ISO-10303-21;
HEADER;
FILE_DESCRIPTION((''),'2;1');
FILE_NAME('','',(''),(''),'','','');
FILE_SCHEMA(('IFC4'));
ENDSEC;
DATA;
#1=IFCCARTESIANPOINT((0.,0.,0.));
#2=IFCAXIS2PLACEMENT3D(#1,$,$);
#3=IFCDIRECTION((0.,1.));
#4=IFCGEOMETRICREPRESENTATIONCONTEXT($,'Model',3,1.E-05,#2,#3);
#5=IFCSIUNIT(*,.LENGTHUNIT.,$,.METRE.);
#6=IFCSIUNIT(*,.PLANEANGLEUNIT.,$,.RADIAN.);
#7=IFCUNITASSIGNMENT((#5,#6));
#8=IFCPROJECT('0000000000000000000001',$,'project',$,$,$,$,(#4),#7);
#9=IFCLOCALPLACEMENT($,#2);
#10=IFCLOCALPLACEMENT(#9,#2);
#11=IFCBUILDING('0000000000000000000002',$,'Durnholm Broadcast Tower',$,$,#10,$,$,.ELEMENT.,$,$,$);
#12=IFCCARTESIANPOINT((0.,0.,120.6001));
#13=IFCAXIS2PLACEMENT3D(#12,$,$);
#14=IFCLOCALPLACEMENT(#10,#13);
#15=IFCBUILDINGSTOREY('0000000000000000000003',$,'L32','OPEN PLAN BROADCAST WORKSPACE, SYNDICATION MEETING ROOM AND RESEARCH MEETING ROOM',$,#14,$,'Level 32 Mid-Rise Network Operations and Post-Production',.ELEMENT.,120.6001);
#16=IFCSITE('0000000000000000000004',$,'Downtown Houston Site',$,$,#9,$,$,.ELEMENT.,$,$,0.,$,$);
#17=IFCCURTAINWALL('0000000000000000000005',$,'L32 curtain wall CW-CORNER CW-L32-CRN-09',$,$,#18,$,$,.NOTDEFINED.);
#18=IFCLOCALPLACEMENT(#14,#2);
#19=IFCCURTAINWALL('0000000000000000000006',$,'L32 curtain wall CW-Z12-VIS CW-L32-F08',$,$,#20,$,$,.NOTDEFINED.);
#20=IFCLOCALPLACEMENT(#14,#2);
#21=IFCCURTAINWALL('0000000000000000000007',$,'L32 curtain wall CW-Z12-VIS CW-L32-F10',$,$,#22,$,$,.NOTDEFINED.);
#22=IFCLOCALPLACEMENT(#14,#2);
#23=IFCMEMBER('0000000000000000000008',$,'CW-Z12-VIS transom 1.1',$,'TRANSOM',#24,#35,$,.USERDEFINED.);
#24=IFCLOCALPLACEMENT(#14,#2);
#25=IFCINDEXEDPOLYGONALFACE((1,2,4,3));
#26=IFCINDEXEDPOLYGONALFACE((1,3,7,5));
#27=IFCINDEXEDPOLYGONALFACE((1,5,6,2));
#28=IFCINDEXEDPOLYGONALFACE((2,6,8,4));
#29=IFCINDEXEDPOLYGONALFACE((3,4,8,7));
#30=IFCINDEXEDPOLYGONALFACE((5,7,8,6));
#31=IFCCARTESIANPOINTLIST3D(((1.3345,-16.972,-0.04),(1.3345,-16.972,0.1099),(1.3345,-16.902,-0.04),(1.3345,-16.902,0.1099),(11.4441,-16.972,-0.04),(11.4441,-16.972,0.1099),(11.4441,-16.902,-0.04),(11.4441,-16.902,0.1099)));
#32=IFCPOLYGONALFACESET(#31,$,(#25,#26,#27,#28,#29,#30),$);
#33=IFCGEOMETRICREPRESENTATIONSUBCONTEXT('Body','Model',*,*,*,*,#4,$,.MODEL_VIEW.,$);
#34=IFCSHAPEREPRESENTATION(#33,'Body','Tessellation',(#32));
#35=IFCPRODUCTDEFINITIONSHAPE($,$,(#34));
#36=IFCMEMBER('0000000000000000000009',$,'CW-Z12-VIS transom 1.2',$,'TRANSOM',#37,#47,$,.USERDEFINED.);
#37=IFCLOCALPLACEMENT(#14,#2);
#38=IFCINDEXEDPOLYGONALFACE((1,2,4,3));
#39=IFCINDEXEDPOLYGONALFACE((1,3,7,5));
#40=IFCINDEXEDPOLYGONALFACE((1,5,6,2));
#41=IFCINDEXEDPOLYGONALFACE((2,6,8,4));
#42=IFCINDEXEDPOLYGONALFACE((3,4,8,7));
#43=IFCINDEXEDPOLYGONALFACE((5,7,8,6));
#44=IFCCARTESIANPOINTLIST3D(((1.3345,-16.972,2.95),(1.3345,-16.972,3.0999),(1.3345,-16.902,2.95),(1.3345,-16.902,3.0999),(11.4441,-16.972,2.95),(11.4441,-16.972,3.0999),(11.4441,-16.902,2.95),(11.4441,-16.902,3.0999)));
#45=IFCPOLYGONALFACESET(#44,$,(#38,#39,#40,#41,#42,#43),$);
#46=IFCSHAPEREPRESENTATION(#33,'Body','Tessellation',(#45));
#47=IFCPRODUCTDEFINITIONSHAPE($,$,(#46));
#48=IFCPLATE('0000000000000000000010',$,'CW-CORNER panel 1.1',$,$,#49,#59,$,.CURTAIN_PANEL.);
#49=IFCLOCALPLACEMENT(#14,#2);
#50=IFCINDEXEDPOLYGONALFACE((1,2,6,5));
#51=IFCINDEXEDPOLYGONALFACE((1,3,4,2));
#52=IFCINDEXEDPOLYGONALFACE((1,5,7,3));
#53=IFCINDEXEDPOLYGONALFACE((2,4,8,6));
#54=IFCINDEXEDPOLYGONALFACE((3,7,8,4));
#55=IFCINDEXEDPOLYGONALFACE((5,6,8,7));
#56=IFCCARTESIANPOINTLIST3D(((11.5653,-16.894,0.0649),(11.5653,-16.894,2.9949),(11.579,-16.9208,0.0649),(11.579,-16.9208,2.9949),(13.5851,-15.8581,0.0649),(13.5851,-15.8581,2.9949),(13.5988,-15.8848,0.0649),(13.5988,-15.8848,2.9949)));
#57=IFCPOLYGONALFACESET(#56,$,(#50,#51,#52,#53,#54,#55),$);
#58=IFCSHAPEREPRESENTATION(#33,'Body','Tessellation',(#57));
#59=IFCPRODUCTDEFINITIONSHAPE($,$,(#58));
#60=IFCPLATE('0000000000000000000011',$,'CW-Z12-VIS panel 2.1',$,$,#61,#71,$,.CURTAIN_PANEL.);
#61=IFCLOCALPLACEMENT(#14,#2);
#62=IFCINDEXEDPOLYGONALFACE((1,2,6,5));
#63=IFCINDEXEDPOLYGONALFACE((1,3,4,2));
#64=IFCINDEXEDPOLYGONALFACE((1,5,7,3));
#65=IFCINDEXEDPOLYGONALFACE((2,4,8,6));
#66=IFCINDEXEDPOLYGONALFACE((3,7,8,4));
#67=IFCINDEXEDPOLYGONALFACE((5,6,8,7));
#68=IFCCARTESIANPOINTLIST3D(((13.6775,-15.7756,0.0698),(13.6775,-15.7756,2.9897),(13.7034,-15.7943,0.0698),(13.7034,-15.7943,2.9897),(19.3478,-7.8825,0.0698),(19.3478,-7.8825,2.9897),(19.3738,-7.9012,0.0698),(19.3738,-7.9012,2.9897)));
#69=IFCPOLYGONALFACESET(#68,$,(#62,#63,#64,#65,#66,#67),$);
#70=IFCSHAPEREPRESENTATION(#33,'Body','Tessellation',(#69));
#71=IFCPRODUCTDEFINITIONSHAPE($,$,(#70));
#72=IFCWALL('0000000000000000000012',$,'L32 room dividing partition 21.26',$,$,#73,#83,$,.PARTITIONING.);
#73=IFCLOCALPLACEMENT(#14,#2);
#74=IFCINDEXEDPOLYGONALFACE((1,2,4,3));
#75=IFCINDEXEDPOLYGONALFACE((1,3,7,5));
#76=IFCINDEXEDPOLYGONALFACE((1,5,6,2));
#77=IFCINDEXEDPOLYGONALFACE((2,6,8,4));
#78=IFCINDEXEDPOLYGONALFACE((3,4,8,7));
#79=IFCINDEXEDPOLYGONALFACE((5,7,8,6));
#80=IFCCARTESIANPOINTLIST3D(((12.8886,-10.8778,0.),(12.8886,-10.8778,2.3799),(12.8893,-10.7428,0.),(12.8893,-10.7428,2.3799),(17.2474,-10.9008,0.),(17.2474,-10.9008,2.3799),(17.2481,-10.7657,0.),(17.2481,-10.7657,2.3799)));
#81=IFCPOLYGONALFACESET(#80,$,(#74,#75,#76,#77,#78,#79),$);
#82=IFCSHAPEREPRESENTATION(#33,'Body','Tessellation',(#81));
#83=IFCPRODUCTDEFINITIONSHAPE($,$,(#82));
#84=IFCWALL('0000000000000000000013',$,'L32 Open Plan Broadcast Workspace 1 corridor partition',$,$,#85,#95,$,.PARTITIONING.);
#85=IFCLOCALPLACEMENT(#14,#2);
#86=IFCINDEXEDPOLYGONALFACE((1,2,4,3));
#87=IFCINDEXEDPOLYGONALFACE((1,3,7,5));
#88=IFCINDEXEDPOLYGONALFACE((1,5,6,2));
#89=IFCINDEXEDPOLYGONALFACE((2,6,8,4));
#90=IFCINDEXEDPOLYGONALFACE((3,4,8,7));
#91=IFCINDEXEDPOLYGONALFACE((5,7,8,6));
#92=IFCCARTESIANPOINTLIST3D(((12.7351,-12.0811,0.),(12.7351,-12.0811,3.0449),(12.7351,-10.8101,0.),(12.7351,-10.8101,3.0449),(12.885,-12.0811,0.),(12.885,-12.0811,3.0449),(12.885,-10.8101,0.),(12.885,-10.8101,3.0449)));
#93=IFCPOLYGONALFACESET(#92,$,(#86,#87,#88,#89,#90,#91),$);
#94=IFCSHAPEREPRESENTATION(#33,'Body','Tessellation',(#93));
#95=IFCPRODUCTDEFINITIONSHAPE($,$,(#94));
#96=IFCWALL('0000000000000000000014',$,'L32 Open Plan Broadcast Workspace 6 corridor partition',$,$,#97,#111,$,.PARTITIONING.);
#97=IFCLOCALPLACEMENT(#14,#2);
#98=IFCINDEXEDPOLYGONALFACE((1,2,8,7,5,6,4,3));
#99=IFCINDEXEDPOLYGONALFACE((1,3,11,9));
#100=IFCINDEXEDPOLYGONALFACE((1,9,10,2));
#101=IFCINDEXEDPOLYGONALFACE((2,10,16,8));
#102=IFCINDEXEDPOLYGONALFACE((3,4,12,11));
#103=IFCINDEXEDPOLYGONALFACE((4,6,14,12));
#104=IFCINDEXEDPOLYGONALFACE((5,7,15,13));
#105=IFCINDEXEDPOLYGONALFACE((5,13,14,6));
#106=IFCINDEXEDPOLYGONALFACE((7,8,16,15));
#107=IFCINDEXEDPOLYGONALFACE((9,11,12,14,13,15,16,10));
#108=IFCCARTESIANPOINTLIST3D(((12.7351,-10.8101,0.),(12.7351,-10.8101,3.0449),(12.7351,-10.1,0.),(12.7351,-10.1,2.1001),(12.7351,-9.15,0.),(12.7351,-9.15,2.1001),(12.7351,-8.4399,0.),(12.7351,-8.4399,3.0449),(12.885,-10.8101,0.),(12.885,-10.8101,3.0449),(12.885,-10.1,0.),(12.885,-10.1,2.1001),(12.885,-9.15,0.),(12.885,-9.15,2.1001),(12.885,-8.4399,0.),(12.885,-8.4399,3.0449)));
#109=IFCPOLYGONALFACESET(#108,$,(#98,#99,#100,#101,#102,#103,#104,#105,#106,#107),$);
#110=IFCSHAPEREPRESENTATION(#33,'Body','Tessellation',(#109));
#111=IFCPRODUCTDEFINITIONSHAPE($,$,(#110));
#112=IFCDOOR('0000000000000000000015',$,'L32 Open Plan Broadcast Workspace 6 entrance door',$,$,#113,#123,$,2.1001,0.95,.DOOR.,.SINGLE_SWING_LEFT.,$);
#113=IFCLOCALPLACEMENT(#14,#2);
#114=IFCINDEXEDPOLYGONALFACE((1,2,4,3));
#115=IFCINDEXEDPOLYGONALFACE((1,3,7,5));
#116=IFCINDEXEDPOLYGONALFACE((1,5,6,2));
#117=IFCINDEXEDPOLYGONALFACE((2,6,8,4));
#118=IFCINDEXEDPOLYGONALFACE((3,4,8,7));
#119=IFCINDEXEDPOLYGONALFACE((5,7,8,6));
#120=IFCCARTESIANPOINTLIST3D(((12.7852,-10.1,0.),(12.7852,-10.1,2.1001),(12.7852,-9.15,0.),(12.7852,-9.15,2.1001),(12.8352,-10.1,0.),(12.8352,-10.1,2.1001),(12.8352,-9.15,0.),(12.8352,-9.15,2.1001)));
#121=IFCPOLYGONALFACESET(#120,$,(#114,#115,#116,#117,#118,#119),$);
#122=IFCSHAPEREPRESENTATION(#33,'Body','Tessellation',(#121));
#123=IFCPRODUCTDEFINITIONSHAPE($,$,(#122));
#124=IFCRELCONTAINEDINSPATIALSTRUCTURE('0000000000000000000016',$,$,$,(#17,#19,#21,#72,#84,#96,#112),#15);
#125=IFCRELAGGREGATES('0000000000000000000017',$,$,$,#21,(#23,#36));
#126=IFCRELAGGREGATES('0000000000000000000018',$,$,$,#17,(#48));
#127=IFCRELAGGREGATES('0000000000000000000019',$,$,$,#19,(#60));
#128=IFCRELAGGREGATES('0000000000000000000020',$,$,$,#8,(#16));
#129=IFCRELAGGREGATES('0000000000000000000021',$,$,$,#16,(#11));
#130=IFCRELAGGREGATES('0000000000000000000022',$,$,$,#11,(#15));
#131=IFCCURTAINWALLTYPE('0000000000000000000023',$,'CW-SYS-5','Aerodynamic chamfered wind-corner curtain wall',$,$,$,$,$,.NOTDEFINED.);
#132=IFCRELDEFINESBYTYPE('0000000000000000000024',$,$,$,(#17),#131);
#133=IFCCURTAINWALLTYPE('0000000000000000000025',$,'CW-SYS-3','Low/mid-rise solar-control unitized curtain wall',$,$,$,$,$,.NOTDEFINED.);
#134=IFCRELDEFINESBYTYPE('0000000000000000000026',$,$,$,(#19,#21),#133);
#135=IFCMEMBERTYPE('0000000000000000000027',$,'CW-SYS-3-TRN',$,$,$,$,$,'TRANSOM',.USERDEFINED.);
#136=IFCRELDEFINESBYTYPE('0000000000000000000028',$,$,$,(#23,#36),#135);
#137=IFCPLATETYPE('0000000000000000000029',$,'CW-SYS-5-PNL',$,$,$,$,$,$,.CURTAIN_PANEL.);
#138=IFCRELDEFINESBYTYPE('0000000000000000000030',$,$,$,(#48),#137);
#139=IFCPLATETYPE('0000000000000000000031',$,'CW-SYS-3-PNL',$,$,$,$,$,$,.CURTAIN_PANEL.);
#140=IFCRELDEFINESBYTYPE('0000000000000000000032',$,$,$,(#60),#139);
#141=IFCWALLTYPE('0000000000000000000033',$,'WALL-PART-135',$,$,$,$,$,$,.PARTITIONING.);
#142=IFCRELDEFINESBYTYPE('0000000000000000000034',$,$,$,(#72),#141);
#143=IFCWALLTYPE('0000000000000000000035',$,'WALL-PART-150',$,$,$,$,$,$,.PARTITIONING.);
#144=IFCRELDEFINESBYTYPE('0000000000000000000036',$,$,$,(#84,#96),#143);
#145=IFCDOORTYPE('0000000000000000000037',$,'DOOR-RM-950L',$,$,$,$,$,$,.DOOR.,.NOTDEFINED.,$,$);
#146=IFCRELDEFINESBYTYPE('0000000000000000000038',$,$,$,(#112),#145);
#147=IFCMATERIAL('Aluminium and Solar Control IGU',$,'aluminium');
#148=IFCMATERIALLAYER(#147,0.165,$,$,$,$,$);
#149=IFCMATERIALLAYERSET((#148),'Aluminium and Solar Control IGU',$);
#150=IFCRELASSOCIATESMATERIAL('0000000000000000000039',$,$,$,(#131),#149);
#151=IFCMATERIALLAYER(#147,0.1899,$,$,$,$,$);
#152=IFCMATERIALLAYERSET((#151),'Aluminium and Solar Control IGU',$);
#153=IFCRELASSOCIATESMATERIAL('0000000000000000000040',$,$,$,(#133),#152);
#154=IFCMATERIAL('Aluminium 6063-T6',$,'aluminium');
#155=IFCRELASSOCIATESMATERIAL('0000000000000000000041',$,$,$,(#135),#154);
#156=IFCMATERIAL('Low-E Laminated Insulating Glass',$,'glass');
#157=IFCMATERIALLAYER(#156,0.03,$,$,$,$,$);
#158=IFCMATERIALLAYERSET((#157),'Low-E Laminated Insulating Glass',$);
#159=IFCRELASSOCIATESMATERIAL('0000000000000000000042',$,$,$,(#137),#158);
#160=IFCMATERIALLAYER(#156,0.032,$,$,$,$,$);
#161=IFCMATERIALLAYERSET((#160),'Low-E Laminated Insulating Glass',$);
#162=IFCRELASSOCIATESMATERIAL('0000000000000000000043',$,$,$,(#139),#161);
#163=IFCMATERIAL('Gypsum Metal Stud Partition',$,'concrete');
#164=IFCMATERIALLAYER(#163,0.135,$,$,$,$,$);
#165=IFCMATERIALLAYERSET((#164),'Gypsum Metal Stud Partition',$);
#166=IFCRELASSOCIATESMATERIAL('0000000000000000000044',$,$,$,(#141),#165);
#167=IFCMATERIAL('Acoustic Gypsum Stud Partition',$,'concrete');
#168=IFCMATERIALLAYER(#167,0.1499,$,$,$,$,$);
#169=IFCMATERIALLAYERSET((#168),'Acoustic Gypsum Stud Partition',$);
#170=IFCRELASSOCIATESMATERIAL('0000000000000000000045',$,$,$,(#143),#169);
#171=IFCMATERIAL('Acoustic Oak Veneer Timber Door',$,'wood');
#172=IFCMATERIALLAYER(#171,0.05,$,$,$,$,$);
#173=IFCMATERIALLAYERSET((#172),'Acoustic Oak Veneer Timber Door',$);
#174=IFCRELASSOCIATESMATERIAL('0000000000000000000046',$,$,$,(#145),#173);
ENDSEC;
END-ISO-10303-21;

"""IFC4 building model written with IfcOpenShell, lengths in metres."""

from ifc_helpers import new_model, si_unit, direction, frame, frame_2d, origin, origin_2d, place, context, subcontext, project, spatial, rectangle, extrude, source, transform, mapped, material, layer, layer_set, material_profile, profile_set, type_object, type_shapes, element, fill, aggregate, save


model = new_model("IFC4")

# Units and contexts
model_context = context("Model", 3, precision=1e-05, world=origin(), true_north=direction((0.0, 1.0)))
body_context = subcontext(model_context, "Body", "Model", "MODEL_VIEW")
ifc_project = project(units=[si_unit("LENGTHUNIT", "METRE"), si_unit("PLANEANGLEUNIT", "RADIAN")], contexts=[model_context])

# Site, building, storey
site_placement = place(None, origin())
site = spatial("IfcSite", under=ifc_project, at=site_placement, Name="Downtown Houston Site", CompositionType="ELEMENT", RefElevation=0.0)
building_placement = place(site_placement, origin())
building = spatial("IfcBuilding", under=site, at=building_placement, Name="Durnholm Broadcast Tower", CompositionType="ELEMENT")
storey_placement = place(building_placement, frame((0.0, 0.0, 120.6001)))
storey = spatial("IfcBuildingStorey", under=building, at=storey_placement, Name="L32", Description="OPEN PLAN BROADCAST WORKSPACE, SYNDICATION MEETING ROOM AND RESEARCH MEETING ROOM", LongName="Level 32 Mid-Rise Network Operations and Post-Production", CompositionType="ELEMENT", Elevation=120.6001)

# Curtain wall
ifc_material_1 = material(Name="Aluminium and Solar Control IGU", Category="aluminium")
ifc_layer_1 = layer(ifc_material_1, 0.165)
ifc_layer_set_1 = layer_set([ifc_layer_1], Name="Aluminium and Solar Control IGU")
curtain_wall_type_1 = type_object("IfcCurtainWallType", Name="CW-SYS-5", Description="Aerodynamic chamfered wind-corner curtain wall", PredefinedType="NOTDEFINED", material=ifc_layer_set_1)
curtain_wall_1_placement = place(storey_placement, origin())
curtain_wall_1 = element("IfcCurtainWall", 1, at=curtain_wall_1_placement, inside=storey, type_object=curtain_wall_type_1, Name="L32 curtain wall CW-CORNER CW-L32-CRN-09", PredefinedType="NOTDEFINED")
ifc_material_2 = material(Name="Aluminium 6063-T6", Category="aluminium")

# Curtain walls
ifc_layer_2 = layer(ifc_material_1, 0.1899)
ifc_layer_set_2 = layer_set([ifc_layer_2], Name="Aluminium and Solar Control IGU")
curtain_wall_type_2 = type_object("IfcCurtainWallType", Name="CW-SYS-3", Description="Low/mid-rise solar-control unitized curtain wall", PredefinedType="NOTDEFINED", material=ifc_layer_set_2)
curtain_wall_2_placement = place(storey_placement, origin())
curtain_wall_2 = element("IfcCurtainWall", 2, at=curtain_wall_2_placement, inside=storey, type_object=curtain_wall_type_2, Name="L32 curtain wall CW-Z12-VIS CW-L32-F08", PredefinedType="NOTDEFINED")
curtain_wall_3_placement = place(storey_placement, origin())
curtain_wall_3 = element("IfcCurtainWall", 3, at=curtain_wall_3_placement, inside=storey, type_object=curtain_wall_type_2, Name="L32 curtain wall CW-Z12-VIS CW-L32-F10", PredefinedType="NOTDEFINED")

# Members
ifc_material_profile_1 = material_profile(ifc_material_2, rectangle(XDim=0.0701, YDim=0.1499, at=origin_2d()), Name="CWT70X150")
ifc_profile_set_1 = profile_set([ifc_material_profile_1], Name="Aluminium 6063-T6")
member_type_1 = type_object("IfcMemberType", Name="CW-SYS-3-TRN", ElementType="TRANSOM", PredefinedType="USERDEFINED", material=ifc_profile_set_1)
shared_shape_1 = source(origin(), body_context, "Body", "SweptSolid", [
    extrude(rectangle(XDim=0.0701, YDim=0.1499, at=origin_2d()), origin(), (0.0, 0.0, 1.0), 10.1096),
])
type_shapes(member_type_1, [shared_shape_1])
member_1_placement = place(storey_placement, frame((11.4441, -16.937, 0.0349), z_axis=(-1.0, 0.0, 0.0), x_axis=(0.0, -1.0, 0.0)))
member_1 = element("IfcMember", 4, at=member_1_placement, type_object=member_type_1, Name="CW-Z12-VIS transom 1.1", ObjectType="TRANSOM", PredefinedType="USERDEFINED", context=body_context, shape_type="MappedRepresentation", body=[
    mapped(shared_shape_1, transform((0.0, 0.0, 0.0), x_axis=(1.0, 0.0, 0.0), y_axis=(0.0, 1.0, 0.0), z_axis=(0.0, 0.0, 1.0), scale=1.0)),
])
member_2_placement = place(storey_placement, frame((11.4441, -16.937, 3.0249), z_axis=(-1.0, 0.0, 0.0), x_axis=(0.0, -1.0, 0.0)))
member_2 = element("IfcMember", 5, at=member_2_placement, type_object=member_type_1, Name="CW-Z12-VIS transom 1.2", ObjectType="TRANSOM", PredefinedType="USERDEFINED", context=body_context, shape_type="MappedRepresentation", body=[
    mapped(shared_shape_1, transform((0.0, 0.0, 0.0), x_axis=(1.0, 0.0, 0.0), y_axis=(0.0, 1.0, 0.0), z_axis=(0.0, 0.0, 1.0), scale=1.0)),
])
aggregate(curtain_wall_3, [member_1, member_2])

# Plates
ifc_material_3 = material(Name="Low-E Laminated Insulating Glass", Category="glass")
ifc_layer_3 = layer(ifc_material_3, 0.03)
ifc_layer_set_3 = layer_set([ifc_layer_3], Name="Low-E Laminated Insulating Glass")
plate_type_1 = type_object("IfcPlateType", Name="CW-SYS-5-PNL", PredefinedType="CURTAIN_PANEL", material=ifc_layer_set_3)
shared_shape_2 = source(origin(), body_context, "Body", "SweptSolid", [
    extrude(rectangle(XDim=2.27, YDim=0.03, at=origin_2d()), origin(), (0.0, 0.0, 1.0), 2.9299),
])
type_shapes(plate_type_1, [shared_shape_2])
plate_1_placement = place(storey_placement, frame((12.582, -16.3894, 0.0649), z_axis=(0.0, 0.0, 1.0), x_axis=(-0.889788, -0.456373, 0.0)))
plate_1 = element("IfcPlate", 6, at=plate_1_placement, type_object=plate_type_1, Name="CW-CORNER panel 1.1", PredefinedType="CURTAIN_PANEL", context=body_context, shape_type="MappedRepresentation", body=[
    mapped(shared_shape_2, transform((0.0, 0.0, 0.0), x_axis=(1.0, 0.0, 0.0), y_axis=(0.0, 1.0, 0.0), z_axis=(0.0, 0.0, 1.0), scale=1.0)),
])
aggregate(curtain_wall_1, [plate_1])
ifc_layer_4 = layer(ifc_material_3, 0.032)
ifc_layer_set_4 = layer_set([ifc_layer_4], Name="Low-E Laminated Insulating Glass")
plate_type_2 = type_object("IfcPlateType", Name="CW-SYS-3-PNL", PredefinedType="CURTAIN_PANEL", material=ifc_layer_set_4)
shared_shape_3 = source(origin(), body_context, "Body", "SweptSolid", [
    extrude(rectangle(XDim=9.7188, YDim=0.032, at=origin_2d()), origin(), (0.0, 0.0, 1.0), 2.9199),
])
type_shapes(plate_type_2, [shared_shape_3])
plate_2_placement = place(storey_placement, frame((16.5256, -11.8384, 0.0698), z_axis=(0.0, 0.0, 1.0), x_axis=(-0.583445, -0.812152, 0.0)))
plate_2 = element("IfcPlate", 7, at=plate_2_placement, type_object=plate_type_2, Name="CW-Z12-VIS panel 2.1", PredefinedType="CURTAIN_PANEL", context=body_context, shape_type="MappedRepresentation", body=[
    mapped(shared_shape_3, transform((0.0, 0.0, 0.0), x_axis=(1.0, 0.0, 0.0), y_axis=(0.0, 1.0, 0.0), z_axis=(0.0, 0.0, 1.0), scale=1.0)),
])
aggregate(curtain_wall_2, [plate_2])

# Walls
ifc_material_4 = material(Name="Gypsum Metal Stud Partition", Category="concrete")
ifc_layer_5 = layer(ifc_material_4, 0.135)
ifc_layer_set_5 = layer_set([ifc_layer_5], Name="Gypsum Metal Stud Partition")
wall_type_1 = type_object("IfcWallType", Name="WALL-PART-135", PredefinedType="PARTITIONING", material=ifc_layer_set_5)
wall_1_placement = place(storey_placement, frame((12.8889, -10.8103, 0.0), z_axis=(0.0, 0.0, 1.0), x_axis=(0.999986, -0.005265, 0.0)))
element("IfcWall", 8, at=wall_1_placement, inside=storey, type_object=wall_type_1, Name="L32 room dividing partition 21.26", PredefinedType="PARTITIONING", context=body_context, shape_type="SweptSolid", body=[
    extrude(rectangle(XDim=4.3589, YDim=0.135, at=frame_2d((2.1794, 0.0))), origin(), (0.0, 0.0, 1.0), 2.3799),
])
ifc_material_5 = material(Name="Acoustic Gypsum Stud Partition", Category="concrete")
ifc_layer_6 = layer(ifc_material_5, 0.1499)
ifc_layer_set_6 = layer_set([ifc_layer_6], Name="Acoustic Gypsum Stud Partition")
wall_type_2 = type_object("IfcWallType", Name="WALL-PART-150", PredefinedType="PARTITIONING", material=ifc_layer_set_6)
wall_2_placement = place(storey_placement, frame((12.8101, -12.0811, 0.0), z_axis=(0.0, 0.0, 1.0), x_axis=(0.0, 1.0, 0.0)))
element("IfcWall", 9, at=wall_2_placement, inside=storey, type_object=wall_type_2, Name="L32 Open Plan Broadcast Workspace 1 corridor partition", PredefinedType="PARTITIONING", context=body_context, shape_type="SweptSolid", body=[
    extrude(rectangle(XDim=1.271, YDim=0.1499, at=frame_2d((0.6355, 0.0))), origin(), (0.0, 0.0, 1.0), 3.0449),
])

# Wall, opening, door
wall_3_placement = place(storey_placement, frame((12.8101, -10.8101, 0.0), z_axis=(0.0, 0.0, 1.0), x_axis=(0.0, 1.0, 0.0)))
wall_3 = element("IfcWall", 10, at=wall_3_placement, inside=storey, type_object=wall_type_2, Name="L32 Open Plan Broadcast Workspace 6 corridor partition", PredefinedType="PARTITIONING", context=body_context, shape_type="SweptSolid", body=[
    extrude(rectangle(XDim=2.3701, YDim=0.1499, at=frame_2d((1.1851, 0.0))), origin(), (0.0, 0.0, 1.0), 3.0449),
])
opening_placement = place(wall_3_placement, frame((0.71, 0.0, 0.0)))
opening = element("IfcOpeningElement", 11, at=opening_placement, cuts=wall_3, PredefinedType="OPENING", context=body_context, shape_type="SweptSolid", body=[
    extrude(rectangle(XDim=0.95, YDim=2.1001, at=frame_2d((0.4751, 1.05))), frame((0.0, 0.085, 0.0), z_axis=(0.0, -1.0, 0.0), x_axis=(1.0, 0.0, 0.0)), (0.0, 0.0, 1.0), 0.1699),
])
ifc_material_6 = material(Name="Acoustic Oak Veneer Timber Door", Category="wood")
ifc_layer_7 = layer(ifc_material_6, 0.05)
ifc_layer_set_7 = layer_set([ifc_layer_7], Name="Acoustic Oak Veneer Timber Door")
door_type = type_object("IfcDoorType", Name="DOOR-RM-950L", OperationType="NOTDEFINED", PredefinedType="DOOR", material=ifc_layer_set_7)
shared_shape_4 = source(origin(), body_context, "Body", "SweptSolid", [
    extrude(rectangle(XDim=0.95, YDim=2.1001, at=frame_2d((0.4751, 1.05))), frame((0.0, 0.0249, 0.0), z_axis=(0.0, -1.0, 0.0), x_axis=(1.0, 0.0, 0.0)), (0.0, 0.0, 1.0), 0.05),
])
type_shapes(door_type, [shared_shape_4])
door_placement = place(opening_placement, origin())
door = element("IfcDoor", 12, at=door_placement, inside=storey, type_object=door_type, Name="L32 Open Plan Broadcast Workspace 6 entrance door", OperationType="SINGLE_SWING_LEFT", OverallHeight=2.1001, OverallWidth=0.95, PredefinedType="DOOR", context=body_context, shape_type="MappedRepresentation", body=[
    mapped(shared_shape_4, transform((0.0, 0.0, 0.0), x_axis=(1.0, 0.0, 0.0), y_axis=(0.0, 1.0, 0.0), z_axis=(0.0, 0.0, 1.0), scale=1.0)),
])
fill(opening, door)

save(model, "model.ifc")
